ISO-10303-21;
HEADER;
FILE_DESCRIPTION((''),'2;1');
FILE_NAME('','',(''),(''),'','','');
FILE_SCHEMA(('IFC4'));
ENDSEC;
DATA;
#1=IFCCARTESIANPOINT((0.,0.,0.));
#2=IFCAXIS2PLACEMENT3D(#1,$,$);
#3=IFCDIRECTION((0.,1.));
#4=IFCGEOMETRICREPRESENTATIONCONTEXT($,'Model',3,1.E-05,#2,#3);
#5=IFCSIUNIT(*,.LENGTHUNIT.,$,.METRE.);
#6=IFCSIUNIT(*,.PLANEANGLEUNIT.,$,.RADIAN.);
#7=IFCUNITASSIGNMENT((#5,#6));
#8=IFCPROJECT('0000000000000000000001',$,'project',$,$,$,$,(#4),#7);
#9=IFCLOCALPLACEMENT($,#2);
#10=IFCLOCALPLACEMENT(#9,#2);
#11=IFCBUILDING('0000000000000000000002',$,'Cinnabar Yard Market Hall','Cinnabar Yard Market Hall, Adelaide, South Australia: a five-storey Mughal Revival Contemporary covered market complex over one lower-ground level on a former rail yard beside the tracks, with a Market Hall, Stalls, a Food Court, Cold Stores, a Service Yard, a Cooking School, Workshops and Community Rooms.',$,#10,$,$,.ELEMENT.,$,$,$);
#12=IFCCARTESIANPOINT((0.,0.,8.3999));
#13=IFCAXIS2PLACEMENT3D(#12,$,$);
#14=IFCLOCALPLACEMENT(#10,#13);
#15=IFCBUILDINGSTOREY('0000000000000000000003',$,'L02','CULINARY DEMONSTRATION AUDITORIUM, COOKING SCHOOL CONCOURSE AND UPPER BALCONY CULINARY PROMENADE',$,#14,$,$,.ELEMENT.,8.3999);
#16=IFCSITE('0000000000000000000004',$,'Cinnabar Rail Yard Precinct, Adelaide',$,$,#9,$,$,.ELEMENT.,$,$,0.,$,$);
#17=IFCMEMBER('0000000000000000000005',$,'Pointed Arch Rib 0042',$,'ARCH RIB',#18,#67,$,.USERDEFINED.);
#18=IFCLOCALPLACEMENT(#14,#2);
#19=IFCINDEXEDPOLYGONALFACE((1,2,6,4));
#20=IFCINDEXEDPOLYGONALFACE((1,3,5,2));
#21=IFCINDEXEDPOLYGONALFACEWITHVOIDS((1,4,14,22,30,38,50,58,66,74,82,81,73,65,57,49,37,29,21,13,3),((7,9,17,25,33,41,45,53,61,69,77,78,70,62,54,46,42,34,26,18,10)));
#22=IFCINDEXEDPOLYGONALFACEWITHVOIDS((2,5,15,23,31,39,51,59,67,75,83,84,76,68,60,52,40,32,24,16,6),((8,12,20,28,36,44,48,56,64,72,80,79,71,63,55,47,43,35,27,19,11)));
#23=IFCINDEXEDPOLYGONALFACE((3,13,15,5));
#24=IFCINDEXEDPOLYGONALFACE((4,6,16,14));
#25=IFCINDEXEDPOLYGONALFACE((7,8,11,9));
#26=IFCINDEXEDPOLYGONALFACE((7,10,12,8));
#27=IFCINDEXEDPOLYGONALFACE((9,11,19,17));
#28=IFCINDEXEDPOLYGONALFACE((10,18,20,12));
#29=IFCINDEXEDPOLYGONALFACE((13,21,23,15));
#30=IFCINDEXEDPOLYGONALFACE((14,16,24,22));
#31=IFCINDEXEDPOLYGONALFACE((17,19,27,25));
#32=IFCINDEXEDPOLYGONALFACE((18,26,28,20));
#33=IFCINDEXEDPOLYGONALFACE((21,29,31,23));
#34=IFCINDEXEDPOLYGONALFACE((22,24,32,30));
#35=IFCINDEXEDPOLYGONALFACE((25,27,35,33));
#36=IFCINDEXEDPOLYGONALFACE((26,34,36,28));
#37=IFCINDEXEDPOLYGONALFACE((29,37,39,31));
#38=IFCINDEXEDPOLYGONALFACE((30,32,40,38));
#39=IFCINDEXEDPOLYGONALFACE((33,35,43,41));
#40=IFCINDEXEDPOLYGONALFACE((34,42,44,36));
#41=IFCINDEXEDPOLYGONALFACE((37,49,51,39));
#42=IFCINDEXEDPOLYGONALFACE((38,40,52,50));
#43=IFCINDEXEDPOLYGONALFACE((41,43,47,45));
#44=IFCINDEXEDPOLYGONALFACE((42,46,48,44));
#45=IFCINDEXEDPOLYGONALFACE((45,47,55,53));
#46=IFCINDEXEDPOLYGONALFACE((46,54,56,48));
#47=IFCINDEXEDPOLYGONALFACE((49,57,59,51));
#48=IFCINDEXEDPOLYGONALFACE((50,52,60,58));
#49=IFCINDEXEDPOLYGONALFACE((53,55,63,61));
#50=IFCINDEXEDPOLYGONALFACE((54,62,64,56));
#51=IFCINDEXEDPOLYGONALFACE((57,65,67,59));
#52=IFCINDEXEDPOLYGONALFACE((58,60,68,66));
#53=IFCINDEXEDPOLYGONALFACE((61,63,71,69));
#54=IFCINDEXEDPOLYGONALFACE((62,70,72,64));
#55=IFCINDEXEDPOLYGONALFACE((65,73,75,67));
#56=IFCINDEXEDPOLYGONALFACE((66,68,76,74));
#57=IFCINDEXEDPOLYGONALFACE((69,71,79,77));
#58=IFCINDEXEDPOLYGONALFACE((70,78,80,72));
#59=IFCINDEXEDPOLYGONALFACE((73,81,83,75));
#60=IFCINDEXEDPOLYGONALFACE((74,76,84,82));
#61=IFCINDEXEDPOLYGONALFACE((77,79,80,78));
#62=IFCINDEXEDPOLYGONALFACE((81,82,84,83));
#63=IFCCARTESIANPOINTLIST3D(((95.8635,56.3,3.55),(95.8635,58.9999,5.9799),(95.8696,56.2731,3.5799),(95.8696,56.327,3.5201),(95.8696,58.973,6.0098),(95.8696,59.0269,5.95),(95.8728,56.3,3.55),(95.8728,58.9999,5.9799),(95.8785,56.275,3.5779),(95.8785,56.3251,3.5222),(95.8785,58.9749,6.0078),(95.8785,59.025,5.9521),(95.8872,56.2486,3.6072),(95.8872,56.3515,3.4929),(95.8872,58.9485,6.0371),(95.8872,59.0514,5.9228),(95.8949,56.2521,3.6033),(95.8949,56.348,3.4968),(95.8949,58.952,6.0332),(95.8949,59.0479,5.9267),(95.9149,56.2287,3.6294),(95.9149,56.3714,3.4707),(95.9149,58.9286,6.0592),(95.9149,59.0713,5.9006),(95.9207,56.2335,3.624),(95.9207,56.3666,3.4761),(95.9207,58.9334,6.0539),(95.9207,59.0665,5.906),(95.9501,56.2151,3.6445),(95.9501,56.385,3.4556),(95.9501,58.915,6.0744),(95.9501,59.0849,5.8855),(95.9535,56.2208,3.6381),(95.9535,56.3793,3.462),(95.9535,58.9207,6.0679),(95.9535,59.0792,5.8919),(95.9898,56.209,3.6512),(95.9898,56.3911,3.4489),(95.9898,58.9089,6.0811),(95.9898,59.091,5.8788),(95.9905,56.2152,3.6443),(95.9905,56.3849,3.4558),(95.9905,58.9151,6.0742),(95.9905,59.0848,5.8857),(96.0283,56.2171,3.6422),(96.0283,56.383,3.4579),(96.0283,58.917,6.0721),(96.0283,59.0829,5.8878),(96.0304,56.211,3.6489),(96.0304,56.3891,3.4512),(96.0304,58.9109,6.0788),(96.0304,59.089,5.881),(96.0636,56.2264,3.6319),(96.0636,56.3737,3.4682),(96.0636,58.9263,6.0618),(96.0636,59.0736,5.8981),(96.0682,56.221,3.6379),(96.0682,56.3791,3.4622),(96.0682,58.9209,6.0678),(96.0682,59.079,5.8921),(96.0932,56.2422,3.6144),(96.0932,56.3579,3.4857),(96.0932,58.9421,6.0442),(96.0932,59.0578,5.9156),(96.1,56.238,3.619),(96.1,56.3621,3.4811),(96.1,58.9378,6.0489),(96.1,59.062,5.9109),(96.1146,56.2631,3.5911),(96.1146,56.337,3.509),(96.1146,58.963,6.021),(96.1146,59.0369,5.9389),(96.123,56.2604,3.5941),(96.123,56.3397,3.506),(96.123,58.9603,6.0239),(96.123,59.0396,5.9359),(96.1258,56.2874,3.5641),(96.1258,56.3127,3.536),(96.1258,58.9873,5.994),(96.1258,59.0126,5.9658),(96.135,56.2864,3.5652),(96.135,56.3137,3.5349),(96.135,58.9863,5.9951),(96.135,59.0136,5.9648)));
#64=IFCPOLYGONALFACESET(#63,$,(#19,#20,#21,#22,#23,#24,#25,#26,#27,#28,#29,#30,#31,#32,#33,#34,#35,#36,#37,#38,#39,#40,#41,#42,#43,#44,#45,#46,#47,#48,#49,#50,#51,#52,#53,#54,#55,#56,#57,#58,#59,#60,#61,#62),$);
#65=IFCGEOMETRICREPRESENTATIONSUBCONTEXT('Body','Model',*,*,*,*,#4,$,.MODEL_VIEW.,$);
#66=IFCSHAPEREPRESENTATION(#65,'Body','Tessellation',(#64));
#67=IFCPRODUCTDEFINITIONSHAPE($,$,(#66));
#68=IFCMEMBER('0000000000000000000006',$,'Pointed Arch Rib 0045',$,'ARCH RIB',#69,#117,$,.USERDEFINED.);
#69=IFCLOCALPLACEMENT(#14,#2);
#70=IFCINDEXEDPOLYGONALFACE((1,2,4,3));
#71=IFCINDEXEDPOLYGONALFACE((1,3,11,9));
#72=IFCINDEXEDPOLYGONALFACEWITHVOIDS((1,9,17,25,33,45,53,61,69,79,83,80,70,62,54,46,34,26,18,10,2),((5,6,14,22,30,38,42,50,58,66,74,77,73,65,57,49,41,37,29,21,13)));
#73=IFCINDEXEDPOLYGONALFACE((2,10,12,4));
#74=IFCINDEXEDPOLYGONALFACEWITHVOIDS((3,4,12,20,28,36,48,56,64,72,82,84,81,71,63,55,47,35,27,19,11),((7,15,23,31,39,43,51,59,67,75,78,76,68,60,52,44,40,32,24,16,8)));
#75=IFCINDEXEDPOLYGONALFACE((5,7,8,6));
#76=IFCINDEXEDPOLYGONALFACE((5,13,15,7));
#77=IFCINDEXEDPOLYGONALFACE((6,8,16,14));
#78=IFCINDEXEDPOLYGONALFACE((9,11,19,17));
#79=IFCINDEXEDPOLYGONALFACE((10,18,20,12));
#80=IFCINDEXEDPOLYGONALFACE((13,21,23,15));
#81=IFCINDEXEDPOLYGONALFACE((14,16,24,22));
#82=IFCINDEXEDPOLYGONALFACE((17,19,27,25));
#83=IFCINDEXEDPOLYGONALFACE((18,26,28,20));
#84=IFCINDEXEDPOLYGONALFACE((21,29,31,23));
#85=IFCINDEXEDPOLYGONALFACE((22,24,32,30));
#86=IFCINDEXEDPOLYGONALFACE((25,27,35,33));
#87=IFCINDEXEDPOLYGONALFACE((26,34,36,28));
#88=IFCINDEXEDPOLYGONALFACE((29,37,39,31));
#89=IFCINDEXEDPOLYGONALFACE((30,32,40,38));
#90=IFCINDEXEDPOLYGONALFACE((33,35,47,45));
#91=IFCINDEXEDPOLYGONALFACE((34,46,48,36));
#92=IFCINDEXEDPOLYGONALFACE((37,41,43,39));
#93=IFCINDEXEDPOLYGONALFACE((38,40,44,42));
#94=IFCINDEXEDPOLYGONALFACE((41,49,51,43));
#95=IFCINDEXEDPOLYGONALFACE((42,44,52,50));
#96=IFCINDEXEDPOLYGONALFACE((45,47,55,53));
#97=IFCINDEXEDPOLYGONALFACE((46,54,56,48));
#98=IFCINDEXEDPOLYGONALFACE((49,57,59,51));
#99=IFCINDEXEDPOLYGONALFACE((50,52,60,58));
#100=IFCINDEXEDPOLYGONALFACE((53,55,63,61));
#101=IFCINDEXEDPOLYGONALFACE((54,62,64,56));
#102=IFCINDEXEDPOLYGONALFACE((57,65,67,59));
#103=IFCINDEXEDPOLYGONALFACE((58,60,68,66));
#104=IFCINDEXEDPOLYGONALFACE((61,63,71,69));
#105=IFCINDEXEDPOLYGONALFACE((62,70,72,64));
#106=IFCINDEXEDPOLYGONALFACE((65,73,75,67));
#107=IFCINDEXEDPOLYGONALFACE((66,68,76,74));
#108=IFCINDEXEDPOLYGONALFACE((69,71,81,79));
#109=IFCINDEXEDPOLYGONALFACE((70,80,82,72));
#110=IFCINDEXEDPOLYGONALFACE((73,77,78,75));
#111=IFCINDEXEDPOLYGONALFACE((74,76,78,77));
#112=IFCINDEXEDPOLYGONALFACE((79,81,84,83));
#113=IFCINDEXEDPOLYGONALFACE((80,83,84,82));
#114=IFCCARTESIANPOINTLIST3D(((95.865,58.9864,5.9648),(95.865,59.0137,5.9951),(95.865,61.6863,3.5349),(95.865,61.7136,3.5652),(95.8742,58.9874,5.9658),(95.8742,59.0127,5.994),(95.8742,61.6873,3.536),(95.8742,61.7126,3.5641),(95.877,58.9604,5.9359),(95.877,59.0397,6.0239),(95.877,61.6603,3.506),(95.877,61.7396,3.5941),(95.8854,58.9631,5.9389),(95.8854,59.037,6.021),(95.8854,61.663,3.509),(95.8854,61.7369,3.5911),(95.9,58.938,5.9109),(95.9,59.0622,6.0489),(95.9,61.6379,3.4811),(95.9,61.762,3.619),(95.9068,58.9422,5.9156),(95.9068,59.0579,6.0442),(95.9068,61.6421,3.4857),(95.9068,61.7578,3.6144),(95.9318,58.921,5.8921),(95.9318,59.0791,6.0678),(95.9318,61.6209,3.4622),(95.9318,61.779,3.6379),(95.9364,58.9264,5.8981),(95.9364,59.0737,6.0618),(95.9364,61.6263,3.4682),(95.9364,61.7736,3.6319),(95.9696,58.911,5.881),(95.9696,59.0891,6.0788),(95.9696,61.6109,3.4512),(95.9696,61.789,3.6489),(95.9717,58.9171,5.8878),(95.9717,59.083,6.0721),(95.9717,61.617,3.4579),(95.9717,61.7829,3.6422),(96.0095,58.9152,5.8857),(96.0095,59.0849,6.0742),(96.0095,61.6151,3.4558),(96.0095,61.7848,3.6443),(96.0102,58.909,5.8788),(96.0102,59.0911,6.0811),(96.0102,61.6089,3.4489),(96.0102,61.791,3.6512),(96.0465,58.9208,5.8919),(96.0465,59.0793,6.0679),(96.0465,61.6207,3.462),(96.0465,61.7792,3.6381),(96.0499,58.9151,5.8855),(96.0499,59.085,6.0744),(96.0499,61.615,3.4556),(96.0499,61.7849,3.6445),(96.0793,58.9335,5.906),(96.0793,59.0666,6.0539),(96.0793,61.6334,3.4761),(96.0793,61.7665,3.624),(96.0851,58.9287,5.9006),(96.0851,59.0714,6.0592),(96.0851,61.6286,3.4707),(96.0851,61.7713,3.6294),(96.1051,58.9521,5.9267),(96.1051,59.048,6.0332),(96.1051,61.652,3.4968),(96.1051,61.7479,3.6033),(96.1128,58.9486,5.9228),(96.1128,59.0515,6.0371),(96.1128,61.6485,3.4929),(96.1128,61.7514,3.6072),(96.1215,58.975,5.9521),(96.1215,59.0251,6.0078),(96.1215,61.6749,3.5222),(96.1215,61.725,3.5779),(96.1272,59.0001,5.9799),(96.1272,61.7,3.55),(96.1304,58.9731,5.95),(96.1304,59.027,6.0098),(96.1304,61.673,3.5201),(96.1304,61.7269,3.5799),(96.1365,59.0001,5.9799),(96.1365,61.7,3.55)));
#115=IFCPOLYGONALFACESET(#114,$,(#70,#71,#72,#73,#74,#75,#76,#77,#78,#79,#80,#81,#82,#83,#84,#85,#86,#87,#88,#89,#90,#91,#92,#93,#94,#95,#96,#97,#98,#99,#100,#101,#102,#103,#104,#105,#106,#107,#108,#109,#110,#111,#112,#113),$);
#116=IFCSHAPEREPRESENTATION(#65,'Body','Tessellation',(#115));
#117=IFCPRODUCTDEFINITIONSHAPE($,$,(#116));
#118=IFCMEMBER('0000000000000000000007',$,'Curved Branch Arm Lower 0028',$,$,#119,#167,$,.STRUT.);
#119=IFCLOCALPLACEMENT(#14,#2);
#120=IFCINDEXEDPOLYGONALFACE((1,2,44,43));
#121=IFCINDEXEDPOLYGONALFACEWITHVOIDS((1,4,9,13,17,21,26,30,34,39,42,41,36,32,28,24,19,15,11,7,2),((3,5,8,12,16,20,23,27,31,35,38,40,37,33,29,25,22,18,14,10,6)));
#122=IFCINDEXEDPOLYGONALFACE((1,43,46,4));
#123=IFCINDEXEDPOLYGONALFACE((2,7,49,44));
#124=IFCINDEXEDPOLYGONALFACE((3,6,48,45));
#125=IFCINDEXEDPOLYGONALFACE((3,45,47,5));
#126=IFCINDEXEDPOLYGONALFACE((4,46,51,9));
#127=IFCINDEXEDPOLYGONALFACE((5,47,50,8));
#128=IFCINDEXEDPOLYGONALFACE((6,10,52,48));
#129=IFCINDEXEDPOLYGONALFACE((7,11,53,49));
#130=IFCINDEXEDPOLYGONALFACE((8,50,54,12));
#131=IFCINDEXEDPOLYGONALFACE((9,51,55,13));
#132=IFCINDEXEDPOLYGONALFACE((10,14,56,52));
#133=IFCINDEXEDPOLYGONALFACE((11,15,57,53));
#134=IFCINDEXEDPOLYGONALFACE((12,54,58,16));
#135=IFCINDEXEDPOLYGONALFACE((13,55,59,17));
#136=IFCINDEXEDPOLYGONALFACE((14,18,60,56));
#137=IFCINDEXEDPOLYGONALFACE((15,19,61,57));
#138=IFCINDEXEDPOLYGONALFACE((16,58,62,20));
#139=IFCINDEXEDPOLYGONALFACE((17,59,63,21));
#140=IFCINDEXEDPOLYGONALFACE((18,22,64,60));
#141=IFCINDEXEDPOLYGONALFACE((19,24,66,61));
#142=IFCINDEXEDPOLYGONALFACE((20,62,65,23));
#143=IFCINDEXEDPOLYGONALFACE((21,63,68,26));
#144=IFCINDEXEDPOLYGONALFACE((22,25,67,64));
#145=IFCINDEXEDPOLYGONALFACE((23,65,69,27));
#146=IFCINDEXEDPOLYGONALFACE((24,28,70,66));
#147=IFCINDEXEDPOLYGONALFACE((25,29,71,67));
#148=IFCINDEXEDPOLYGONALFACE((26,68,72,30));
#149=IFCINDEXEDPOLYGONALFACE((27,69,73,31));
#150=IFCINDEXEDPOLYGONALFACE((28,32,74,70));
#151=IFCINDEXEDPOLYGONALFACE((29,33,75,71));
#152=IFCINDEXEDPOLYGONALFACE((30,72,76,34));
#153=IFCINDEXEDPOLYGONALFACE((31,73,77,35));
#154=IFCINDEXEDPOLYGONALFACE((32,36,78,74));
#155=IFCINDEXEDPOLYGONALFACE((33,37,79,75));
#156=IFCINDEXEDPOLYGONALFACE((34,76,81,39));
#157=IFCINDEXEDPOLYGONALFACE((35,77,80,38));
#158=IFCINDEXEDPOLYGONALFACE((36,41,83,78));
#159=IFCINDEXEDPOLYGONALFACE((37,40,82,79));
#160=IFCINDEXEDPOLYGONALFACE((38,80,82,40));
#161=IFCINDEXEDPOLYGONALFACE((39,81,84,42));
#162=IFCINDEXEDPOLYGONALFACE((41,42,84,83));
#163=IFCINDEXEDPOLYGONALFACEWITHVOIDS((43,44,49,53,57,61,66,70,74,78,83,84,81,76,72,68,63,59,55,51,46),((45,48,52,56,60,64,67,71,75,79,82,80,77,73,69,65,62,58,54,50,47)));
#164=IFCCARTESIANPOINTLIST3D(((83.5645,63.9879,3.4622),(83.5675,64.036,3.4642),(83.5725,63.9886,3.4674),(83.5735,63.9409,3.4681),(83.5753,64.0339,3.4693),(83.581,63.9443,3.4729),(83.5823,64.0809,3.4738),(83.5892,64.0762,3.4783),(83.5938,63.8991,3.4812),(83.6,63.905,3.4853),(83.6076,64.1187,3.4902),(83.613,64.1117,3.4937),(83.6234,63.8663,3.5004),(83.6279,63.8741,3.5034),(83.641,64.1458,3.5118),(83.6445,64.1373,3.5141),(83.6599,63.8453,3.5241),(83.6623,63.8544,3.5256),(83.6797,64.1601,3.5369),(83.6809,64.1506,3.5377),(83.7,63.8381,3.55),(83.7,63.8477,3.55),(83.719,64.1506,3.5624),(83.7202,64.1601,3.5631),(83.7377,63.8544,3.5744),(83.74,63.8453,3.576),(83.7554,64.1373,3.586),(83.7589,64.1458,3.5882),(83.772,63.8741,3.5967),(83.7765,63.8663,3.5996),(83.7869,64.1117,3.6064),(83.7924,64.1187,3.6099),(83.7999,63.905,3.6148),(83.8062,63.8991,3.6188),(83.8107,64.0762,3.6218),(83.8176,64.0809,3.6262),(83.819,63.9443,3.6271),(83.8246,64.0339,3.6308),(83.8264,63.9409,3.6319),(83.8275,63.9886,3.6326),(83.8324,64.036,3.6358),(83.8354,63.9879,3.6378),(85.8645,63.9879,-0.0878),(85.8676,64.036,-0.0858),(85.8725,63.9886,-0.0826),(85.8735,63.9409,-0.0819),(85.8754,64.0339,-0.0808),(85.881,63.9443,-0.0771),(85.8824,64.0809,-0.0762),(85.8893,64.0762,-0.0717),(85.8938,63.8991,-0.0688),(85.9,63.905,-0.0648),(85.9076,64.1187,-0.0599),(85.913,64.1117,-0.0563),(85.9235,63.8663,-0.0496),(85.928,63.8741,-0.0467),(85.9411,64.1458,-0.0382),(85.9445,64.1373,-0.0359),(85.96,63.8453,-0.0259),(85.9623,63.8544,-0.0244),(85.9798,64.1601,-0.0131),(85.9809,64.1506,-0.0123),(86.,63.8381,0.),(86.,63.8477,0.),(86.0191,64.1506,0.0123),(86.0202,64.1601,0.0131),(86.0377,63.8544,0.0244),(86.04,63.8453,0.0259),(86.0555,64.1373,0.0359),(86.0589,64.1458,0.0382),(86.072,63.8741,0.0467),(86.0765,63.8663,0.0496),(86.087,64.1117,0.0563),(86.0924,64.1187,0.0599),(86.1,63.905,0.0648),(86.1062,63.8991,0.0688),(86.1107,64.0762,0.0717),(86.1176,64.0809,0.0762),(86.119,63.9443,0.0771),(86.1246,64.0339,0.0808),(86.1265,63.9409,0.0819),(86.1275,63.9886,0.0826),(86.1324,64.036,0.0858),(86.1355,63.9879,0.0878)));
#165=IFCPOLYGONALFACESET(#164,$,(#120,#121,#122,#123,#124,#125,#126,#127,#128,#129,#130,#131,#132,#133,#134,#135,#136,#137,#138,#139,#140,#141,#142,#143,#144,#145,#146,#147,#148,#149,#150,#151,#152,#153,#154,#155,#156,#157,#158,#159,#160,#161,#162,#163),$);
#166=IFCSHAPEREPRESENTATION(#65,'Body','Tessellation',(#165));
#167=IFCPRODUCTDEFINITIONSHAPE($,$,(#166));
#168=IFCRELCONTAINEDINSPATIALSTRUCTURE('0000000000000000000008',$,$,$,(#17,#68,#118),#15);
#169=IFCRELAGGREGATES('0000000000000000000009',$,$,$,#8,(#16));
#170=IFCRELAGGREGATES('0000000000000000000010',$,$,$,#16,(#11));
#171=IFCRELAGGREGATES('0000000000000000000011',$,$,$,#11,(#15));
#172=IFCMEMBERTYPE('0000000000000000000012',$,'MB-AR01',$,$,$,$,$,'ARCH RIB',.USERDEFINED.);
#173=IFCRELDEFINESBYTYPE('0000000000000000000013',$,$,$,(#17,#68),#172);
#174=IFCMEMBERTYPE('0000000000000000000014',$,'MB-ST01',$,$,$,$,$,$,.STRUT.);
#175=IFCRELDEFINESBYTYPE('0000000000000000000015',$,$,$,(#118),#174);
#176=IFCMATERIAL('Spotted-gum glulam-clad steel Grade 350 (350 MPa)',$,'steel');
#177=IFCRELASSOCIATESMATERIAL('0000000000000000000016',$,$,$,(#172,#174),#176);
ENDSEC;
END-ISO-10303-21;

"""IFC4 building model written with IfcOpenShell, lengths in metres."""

from ifc_helpers import new_model, si_unit, direction, frame, origin, origin_2d_with_axis, place, context, subcontext, project, spatial, hollow_circle, extrude, material, material_profile, profile_set, type_object, element, save


model = new_model("IFC4")

# Units and contexts
model_context = context("Model", 3, precision=1e-05, world=origin(), true_north=direction((0.0, 1.0)))
body_context = subcontext(model_context, "Body", "Model", "MODEL_VIEW")
ifc_project = project(units=[si_unit("LENGTHUNIT", "METRE"), si_unit("PLANEANGLEUNIT", "RADIAN")], contexts=[model_context])

# Site, building, storey
site_placement = place(None, origin())
site = spatial("IfcSite", under=ifc_project, at=site_placement, Name="Cinnabar Rail Yard Precinct, Adelaide", CompositionType="ELEMENT", RefElevation=0.0)
building_placement = place(site_placement, origin())
building = spatial("IfcBuilding", under=site, at=building_placement, Name="Cinnabar Yard Market Hall", Description="Cinnabar Yard Market Hall, Adelaide, South Australia: a five-storey Mughal Revival Contemporary covered market complex over one lower-ground level on a former rail yard beside the tracks, with a Market Hall, Stalls, a Food Court, Cold Stores, a Service Yard, a Cooking School, Workshops and Community Rooms.", CompositionType="ELEMENT")
storey_placement = place(building_placement, frame((0.0, 0.0, 8.3999)))
storey = spatial("IfcBuildingStorey", under=building, at=storey_placement, Name="L02", Description="CULINARY DEMONSTRATION AUDITORIUM, COOKING SCHOOL CONCOURSE AND UPPER BALCONY CULINARY PROMENADE", CompositionType="ELEMENT", Elevation=8.3999)

# Shared definitions
ifc_material_1 = material(Name="Spotted-gum glulam-clad steel Grade 350 (350 MPa)", Category="steel")

# Members
ifc_material_profile_1 = material_profile(ifc_material_1, hollow_circle(Radius=0.1365, WallThickness=0.0093, at=origin_2d_with_axis()), Name="273.1x9.3CHS")
ifc_profile_set_1 = profile_set([ifc_material_profile_1], Name="Spotted-gum glulam-clad steel Grade 350 (350 MPa)")
member_type_1 = type_object("IfcMemberType", Name="MB-AR01", ElementType="ARCH RIB", PredefinedType="USERDEFINED", material=ifc_profile_set_1)
for number, where, z_axis, x_axis, name in (
    (1, (96.0, 56.3, 3.55), (0.0, 0.743297, 0.668961), (-1.0, 0.0, 0.0), "Pointed Arch Rib 0042"),
    (2, (96.0, 61.7, 3.55), (0.0, -0.743297, 0.668961), (1.0, 0.0, 0.0), "Pointed Arch Rib 0045"),
):
    element("IfcMember", number, at=place(storey_placement, frame(where, z_axis=z_axis, x_axis=x_axis)), inside=storey, type_object=member_type_1, Name=name, ObjectType="ARCH RIB", PredefinedType="USERDEFINED", context=body_context, shape_type="SweptSolid", body=[
        extrude(hollow_circle(Radius=0.1365, WallThickness=0.0093, at=origin_2d_with_axis()), origin(), (0.0, 0.0, 1.0), 3.6323),
    ])
ifc_material_profile_2 = material_profile(ifc_material_1, hollow_circle(Radius=0.1619, WallThickness=0.0095, at=origin_2d_with_axis()), Name="323.9x9.5CHS")
ifc_profile_set_2 = profile_set([ifc_material_profile_2], Name="Spotted-gum glulam-clad steel Grade 350 (350 MPa)")
member_type_2 = type_object("IfcMemberType", Name="MB-ST01", PredefinedType="STRUT", material=ifc_profile_set_2)
for number, where, z_axis, x_axis, name in (
    (3, (86.0, 64.0, 0.0), (-0.543744, 0.0, 0.839251), (0.0, -1.0, 0.0), "Curved Branch Arm Lower 0028"),
):
    element("IfcMember", number, at=place(storey_placement, frame(where, z_axis=z_axis, x_axis=x_axis)), inside=storey, type_object=member_type_2, Name=name, PredefinedType="STRUT", context=body_context, shape_type="SweptSolid", body=[
        extrude(hollow_circle(Radius=0.1619, WallThickness=0.0095, at=origin_2d_with_axis()), origin(), (0.0, 0.0, 1.0), 4.23),
    ])

save(model, "model.ifc")
